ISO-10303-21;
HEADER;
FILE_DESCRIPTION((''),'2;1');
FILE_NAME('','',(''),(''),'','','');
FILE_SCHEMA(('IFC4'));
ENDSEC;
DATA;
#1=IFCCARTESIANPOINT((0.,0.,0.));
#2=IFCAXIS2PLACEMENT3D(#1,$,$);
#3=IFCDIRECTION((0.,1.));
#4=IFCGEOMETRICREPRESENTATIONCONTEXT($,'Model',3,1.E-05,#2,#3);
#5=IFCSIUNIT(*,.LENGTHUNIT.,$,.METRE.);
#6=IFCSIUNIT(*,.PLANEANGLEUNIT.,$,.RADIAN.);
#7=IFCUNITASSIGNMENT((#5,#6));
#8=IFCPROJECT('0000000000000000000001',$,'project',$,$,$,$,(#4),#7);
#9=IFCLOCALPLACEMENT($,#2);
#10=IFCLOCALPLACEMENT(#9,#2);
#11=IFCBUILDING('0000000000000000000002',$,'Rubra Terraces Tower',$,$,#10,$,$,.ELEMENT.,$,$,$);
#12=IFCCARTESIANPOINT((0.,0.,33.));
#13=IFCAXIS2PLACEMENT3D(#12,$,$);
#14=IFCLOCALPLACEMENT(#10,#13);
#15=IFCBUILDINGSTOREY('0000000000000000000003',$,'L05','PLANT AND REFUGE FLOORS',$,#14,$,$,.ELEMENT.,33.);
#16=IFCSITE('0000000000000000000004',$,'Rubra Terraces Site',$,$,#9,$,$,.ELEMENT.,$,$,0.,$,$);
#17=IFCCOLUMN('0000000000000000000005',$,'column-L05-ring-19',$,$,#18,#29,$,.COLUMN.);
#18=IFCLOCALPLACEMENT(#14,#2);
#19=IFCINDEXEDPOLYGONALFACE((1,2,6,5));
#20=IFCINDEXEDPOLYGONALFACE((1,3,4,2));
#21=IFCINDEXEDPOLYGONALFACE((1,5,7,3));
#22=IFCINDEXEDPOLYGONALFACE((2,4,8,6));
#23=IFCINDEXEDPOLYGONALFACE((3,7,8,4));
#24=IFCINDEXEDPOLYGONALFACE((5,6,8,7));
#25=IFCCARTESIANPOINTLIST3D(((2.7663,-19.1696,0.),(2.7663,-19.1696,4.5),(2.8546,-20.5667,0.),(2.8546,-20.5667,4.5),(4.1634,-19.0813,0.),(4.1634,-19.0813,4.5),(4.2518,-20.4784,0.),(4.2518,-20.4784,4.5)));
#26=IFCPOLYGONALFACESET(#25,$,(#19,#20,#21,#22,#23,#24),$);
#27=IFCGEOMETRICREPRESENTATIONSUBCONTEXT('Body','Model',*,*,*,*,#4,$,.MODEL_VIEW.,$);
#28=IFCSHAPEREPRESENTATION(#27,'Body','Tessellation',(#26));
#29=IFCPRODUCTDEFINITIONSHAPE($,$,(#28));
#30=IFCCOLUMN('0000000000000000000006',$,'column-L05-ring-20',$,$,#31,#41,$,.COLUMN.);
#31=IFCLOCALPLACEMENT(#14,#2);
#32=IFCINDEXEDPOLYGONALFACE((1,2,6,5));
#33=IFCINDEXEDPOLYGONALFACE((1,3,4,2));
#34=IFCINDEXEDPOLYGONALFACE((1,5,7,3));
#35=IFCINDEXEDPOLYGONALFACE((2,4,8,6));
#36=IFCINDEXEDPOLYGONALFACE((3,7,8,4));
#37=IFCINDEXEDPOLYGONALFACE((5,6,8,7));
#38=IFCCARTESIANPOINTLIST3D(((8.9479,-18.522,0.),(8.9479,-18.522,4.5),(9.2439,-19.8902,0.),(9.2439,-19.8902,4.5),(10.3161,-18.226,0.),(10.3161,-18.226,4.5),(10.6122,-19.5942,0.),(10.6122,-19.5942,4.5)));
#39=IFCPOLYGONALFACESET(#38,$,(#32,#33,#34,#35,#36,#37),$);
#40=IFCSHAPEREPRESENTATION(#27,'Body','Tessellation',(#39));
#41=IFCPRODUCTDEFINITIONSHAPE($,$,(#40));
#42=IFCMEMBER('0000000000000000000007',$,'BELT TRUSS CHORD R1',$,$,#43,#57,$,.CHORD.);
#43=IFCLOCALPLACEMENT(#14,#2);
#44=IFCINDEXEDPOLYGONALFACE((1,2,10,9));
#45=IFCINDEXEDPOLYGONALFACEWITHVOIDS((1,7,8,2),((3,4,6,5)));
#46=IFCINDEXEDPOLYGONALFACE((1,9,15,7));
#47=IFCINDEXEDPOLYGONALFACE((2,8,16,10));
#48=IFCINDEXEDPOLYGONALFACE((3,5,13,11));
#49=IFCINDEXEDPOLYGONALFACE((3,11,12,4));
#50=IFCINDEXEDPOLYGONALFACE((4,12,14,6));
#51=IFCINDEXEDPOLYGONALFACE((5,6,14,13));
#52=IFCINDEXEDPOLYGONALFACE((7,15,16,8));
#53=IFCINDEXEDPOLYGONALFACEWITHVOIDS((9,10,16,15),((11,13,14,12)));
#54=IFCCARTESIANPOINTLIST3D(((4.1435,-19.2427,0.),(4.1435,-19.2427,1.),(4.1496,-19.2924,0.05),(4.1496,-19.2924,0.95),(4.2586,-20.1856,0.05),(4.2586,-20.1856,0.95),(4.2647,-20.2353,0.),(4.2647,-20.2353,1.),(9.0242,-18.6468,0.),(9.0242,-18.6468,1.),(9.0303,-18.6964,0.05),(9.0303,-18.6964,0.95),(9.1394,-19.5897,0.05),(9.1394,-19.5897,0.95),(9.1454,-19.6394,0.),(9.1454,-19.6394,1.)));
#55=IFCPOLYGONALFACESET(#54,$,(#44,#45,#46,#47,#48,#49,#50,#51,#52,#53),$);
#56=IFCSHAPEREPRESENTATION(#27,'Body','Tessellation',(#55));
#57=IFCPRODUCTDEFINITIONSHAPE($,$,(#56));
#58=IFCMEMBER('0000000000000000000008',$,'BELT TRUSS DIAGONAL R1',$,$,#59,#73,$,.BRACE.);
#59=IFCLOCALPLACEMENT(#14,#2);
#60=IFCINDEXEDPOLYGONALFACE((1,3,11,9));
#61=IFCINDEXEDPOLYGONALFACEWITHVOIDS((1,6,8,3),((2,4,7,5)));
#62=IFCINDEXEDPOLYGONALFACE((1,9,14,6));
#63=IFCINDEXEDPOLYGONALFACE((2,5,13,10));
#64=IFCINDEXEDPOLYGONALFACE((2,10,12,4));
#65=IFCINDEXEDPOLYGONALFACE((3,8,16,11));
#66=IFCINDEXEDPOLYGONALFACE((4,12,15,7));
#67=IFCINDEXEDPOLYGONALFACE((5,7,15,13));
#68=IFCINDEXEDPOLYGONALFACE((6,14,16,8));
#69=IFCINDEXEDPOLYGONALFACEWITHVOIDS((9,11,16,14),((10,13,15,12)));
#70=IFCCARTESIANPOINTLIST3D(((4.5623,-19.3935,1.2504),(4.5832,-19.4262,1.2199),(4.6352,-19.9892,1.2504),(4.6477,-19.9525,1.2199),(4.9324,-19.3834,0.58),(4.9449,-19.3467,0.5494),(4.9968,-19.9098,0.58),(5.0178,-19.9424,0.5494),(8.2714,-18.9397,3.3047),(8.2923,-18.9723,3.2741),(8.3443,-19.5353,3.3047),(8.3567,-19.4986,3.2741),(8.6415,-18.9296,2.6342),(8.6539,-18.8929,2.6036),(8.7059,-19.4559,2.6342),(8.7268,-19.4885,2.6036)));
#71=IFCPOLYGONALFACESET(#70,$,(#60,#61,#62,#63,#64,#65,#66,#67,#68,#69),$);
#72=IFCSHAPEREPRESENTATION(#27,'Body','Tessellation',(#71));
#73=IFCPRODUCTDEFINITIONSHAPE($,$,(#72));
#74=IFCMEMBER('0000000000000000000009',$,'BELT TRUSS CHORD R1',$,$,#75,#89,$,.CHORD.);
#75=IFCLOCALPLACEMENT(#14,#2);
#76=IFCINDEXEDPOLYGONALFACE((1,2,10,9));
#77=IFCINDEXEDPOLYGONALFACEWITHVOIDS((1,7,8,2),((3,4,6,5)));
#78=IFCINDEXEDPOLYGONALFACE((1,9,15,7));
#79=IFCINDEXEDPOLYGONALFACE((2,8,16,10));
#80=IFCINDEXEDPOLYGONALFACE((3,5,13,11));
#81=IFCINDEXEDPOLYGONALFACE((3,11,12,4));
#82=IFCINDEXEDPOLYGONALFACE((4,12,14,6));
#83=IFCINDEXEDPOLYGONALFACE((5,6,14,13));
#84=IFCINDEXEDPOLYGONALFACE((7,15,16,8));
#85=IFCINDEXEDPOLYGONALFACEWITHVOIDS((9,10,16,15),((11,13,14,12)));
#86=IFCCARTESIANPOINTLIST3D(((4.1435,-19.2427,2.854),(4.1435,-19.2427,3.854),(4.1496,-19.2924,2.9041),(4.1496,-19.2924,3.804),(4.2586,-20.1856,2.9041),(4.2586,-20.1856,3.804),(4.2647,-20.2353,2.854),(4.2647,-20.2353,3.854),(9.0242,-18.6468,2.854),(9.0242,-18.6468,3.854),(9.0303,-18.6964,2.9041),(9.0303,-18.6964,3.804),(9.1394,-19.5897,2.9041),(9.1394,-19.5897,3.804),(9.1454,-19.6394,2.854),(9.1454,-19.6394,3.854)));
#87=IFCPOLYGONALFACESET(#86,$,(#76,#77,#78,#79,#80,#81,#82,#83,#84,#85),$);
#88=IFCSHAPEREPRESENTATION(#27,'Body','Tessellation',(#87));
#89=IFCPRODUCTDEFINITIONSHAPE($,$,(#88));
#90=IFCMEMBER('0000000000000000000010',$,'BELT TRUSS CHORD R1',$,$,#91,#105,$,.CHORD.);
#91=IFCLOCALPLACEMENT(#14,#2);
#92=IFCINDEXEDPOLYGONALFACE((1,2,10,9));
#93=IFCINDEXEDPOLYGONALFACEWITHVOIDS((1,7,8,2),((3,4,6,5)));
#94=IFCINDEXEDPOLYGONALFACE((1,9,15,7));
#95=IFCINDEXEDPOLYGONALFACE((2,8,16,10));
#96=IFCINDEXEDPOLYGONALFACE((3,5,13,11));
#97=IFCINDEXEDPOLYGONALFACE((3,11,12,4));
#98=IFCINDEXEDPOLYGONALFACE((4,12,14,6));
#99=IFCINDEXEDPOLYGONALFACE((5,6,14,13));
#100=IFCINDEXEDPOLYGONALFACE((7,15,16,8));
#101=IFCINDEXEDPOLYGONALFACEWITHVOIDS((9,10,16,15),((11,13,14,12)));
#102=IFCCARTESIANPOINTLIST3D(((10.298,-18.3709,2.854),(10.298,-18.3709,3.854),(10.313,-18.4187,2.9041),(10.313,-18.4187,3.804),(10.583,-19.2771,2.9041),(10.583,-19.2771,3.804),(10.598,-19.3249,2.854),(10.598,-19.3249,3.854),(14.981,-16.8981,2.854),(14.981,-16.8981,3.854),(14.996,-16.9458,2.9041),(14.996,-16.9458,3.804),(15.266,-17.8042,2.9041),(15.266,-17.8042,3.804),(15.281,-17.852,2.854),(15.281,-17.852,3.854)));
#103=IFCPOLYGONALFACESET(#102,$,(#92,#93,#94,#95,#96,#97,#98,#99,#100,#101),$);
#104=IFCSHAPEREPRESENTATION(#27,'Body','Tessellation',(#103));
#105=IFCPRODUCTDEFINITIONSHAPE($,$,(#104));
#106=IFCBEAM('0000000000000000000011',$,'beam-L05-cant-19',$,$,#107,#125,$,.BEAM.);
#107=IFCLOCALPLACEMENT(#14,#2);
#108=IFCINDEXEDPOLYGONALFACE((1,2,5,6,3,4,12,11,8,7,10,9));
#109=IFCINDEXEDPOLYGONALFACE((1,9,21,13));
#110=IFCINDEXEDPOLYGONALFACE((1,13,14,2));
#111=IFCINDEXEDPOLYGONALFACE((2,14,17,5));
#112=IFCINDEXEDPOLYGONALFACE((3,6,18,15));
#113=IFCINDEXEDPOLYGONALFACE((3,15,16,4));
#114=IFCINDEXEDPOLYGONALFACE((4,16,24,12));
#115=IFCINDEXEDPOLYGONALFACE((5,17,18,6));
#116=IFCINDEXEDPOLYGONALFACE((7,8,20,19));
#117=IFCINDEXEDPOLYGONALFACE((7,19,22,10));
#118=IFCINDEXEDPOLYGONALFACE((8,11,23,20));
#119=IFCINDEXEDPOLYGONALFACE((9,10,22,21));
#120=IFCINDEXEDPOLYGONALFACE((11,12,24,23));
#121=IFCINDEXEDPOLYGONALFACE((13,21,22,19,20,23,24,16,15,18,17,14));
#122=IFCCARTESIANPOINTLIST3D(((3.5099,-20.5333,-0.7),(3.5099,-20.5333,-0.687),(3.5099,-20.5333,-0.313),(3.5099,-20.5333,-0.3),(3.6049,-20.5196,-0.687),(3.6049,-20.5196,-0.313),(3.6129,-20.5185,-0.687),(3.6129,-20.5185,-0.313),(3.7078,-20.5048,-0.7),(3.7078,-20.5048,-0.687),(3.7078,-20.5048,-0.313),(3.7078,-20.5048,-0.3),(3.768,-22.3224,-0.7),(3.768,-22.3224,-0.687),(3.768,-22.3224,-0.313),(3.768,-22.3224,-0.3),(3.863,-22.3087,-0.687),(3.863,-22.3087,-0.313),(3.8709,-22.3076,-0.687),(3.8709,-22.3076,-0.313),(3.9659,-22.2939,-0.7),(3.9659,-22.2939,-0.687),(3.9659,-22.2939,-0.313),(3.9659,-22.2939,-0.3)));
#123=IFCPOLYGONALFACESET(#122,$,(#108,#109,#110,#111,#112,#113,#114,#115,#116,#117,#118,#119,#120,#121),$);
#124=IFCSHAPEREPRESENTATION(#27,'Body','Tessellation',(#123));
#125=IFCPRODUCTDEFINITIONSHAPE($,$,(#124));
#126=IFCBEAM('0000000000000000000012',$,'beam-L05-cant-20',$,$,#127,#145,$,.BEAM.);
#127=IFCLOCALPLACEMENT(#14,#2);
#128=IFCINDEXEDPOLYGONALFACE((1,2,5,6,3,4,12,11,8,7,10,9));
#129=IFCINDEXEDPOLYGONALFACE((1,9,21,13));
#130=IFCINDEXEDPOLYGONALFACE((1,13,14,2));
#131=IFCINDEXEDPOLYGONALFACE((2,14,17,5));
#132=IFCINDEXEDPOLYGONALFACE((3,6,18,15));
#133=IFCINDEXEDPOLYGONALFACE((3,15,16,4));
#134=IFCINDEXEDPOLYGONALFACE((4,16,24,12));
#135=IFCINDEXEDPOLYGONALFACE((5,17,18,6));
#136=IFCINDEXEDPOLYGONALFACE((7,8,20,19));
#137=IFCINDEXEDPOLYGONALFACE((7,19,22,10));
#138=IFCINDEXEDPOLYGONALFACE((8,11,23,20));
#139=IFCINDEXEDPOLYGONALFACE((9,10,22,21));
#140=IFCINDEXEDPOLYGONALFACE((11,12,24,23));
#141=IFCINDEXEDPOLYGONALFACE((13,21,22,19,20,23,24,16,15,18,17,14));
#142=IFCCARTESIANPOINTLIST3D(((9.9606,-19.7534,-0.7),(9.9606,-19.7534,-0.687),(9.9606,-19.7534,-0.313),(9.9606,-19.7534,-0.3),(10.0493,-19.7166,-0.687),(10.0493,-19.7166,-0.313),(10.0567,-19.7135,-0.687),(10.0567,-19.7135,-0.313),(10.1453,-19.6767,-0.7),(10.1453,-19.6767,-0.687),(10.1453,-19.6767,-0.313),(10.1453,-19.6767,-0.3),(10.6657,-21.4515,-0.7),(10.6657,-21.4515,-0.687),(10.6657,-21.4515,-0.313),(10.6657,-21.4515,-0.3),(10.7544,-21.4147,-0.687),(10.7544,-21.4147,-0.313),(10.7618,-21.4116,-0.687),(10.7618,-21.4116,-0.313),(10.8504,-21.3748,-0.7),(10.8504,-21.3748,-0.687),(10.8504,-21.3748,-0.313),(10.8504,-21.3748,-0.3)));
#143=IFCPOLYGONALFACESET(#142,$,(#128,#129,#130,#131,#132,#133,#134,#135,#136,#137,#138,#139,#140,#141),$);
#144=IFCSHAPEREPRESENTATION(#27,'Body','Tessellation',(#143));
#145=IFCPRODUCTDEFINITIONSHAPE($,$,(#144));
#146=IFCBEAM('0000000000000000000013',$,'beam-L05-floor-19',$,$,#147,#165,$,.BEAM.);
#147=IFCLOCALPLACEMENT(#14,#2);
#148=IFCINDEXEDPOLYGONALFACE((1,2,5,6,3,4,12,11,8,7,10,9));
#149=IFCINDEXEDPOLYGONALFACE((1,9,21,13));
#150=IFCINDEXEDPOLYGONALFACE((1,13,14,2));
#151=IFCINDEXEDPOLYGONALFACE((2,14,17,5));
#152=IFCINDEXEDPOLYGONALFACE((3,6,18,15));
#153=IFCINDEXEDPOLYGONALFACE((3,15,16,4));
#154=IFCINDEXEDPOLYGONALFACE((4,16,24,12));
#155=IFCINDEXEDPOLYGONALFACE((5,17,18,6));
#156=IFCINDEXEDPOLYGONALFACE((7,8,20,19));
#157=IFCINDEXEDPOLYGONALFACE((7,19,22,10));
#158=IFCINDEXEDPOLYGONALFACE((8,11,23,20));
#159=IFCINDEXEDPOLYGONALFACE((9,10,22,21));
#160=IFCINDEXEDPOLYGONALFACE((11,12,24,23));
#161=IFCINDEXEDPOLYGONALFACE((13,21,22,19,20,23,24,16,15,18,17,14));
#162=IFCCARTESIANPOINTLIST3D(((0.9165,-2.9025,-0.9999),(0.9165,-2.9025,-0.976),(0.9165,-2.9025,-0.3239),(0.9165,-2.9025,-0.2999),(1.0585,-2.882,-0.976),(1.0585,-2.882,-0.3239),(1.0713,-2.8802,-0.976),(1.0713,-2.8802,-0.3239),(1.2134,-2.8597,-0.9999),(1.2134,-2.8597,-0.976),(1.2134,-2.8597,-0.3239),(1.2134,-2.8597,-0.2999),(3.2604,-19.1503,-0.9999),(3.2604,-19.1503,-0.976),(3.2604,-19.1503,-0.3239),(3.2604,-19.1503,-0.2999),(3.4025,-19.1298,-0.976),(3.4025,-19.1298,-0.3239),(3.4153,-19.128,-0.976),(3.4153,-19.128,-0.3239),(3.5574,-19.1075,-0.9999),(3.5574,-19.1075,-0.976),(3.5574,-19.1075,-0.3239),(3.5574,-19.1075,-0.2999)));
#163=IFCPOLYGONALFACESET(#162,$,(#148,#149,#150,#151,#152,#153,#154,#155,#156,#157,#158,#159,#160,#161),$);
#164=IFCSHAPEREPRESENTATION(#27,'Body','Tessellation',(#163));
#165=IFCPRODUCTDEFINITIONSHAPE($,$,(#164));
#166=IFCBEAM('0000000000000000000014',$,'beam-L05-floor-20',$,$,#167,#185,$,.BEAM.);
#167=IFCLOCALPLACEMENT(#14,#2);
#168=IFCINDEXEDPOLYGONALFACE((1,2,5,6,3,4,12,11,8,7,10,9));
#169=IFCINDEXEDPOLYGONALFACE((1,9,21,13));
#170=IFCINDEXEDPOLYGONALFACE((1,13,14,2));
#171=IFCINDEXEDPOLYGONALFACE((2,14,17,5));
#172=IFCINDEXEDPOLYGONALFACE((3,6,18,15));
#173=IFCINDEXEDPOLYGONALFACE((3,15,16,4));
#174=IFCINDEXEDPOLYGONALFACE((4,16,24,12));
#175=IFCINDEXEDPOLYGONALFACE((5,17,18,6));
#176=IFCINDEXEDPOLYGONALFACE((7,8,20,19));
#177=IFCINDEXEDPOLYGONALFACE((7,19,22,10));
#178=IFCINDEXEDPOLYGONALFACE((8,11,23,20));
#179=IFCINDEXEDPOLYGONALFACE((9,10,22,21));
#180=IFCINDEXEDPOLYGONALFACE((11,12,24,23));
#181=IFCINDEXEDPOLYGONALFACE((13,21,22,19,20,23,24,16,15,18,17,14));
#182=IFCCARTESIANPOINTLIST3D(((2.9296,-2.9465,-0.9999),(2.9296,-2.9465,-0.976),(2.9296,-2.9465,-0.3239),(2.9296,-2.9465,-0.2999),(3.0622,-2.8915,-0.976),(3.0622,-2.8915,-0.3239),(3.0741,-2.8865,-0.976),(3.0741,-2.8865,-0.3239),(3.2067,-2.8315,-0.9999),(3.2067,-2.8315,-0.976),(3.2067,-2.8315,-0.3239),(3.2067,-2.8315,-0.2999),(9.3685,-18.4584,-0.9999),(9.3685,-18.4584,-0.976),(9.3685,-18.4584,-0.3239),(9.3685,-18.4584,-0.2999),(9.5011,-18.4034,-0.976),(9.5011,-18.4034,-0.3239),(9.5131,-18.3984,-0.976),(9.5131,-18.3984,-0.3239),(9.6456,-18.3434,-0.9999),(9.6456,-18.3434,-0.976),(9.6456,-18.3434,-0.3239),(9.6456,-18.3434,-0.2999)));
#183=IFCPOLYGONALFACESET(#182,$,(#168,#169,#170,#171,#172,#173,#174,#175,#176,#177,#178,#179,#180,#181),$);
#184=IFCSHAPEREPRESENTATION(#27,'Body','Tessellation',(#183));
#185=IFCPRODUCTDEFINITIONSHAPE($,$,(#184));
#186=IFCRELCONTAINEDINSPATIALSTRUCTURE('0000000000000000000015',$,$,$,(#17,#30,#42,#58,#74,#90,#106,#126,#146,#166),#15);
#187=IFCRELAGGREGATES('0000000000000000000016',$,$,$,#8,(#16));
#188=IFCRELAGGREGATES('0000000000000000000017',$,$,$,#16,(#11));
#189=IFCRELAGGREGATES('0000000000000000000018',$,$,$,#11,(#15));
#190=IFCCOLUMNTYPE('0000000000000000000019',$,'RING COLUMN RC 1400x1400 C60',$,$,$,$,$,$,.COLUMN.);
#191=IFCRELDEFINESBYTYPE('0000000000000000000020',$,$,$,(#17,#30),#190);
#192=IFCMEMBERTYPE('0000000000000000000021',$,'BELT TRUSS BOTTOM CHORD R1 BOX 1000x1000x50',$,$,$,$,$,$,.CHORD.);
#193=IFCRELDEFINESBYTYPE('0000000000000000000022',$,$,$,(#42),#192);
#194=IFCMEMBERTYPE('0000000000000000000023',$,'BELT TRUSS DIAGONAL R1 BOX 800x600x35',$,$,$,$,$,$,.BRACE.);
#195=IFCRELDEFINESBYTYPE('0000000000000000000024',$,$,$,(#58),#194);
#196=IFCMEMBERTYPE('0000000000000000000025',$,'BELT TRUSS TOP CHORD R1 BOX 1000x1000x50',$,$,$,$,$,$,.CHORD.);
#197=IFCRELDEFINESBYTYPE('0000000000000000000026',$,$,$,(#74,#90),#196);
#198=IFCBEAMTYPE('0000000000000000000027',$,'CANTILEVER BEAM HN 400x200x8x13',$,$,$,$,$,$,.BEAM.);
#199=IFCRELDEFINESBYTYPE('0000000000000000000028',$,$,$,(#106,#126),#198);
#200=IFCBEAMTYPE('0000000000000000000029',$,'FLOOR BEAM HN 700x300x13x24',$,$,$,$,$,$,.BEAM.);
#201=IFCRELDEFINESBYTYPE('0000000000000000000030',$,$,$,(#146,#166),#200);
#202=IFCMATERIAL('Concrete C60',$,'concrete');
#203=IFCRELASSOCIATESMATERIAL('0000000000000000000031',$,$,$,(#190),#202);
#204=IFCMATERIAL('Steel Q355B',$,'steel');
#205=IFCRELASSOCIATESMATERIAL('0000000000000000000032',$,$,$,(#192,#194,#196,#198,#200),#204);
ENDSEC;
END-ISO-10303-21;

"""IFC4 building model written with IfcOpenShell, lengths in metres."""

from ifc_helpers import new_model, si_unit, direction, frame, origin, origin_2d, place, context, subcontext, project, spatial, rectangle, hollow_rectangle, i_section, extrude, material, material_profile, profile_set, type_object, element, save


model = new_model("IFC4")

# Units and contexts
model_context = context("Model", 3, precision=1e-05, world=origin(), true_north=direction((0.0, 1.0)))
body_context = subcontext(model_context, "Body", "Model", "MODEL_VIEW")
ifc_project = project(units=[si_unit("LENGTHUNIT", "METRE"), si_unit("PLANEANGLEUNIT", "RADIAN")], contexts=[model_context])

# Site, building, storey
site_placement = place(None, origin())
site = spatial("IfcSite", under=ifc_project, at=site_placement, Name="Rubra Terraces Site", CompositionType="ELEMENT", RefElevation=0.0)
building_placement = place(site_placement, origin())
building = spatial("IfcBuilding", under=site, at=building_placement, Name="Rubra Terraces Tower", CompositionType="ELEMENT")
storey_placement = place(building_placement, frame((0.0, 0.0, 33.0)))
storey = spatial("IfcBuildingStorey", under=building, at=storey_placement, Name="L05", Description="PLANT AND REFUGE FLOORS", CompositionType="ELEMENT", Elevation=33.0)

# Columns
ifc_material_1 = material(Name="Concrete C60", Category="concrete")
ifc_material_profile_1 = material_profile(ifc_material_1, rectangle(XDim=1.3999, YDim=1.3999, at=origin_2d()), Name="RC 1400x1400")
ifc_profile_set_1 = profile_set([ifc_material_profile_1], Name="Concrete C60")
column_type = type_object("IfcColumnType", Name="RING COLUMN RC 1400x1400 C60", PredefinedType="COLUMN", material=ifc_profile_set_1)
for number, where, z_axis, x_axis, name in (
    (1, (3.509, -19.824, 0.0), (0.0, 0.0, 1.0), (0.998008, 0.063094, 0.0), "column-L05-ring-19"),
    (2, (9.78, -19.0581, 0.0), (0.0, 0.0, 1.0), (0.977386, 0.211462, 0.0), "column-L05-ring-20"),
):
    element("IfcColumn", number, at=place(storey_placement, frame(where, z_axis=z_axis, x_axis=x_axis)), inside=storey, type_object=column_type, Name=name, PredefinedType="COLUMN", context=body_context, shape_type="SweptSolid", body=[
        extrude(rectangle(XDim=1.3999, YDim=1.3999, at=origin_2d()), origin(), (0.0, 0.0, 1.0), 4.5),
    ])

# Members
ifc_material_2 = material(Name="Steel Q355B", Category="steel")
ifc_material_profile_2 = material_profile(ifc_material_2, hollow_rectangle(XDim=1.0, YDim=1.0, WallThickness=0.05, at=origin_2d()), Name="BOX 1000x1000x50")
ifc_profile_set_2 = profile_set([ifc_material_profile_2], Name="Steel Q355B")
member_type_1 = type_object("IfcMemberType", Name="BELT TRUSS BOTTOM CHORD R1 BOX 1000x1000x50", PredefinedType="CHORD", material=ifc_profile_set_2)
member_1_placement = place(storey_placement, frame((4.2041, -19.739, 0.5), z_axis=(0.992628, 0.121199, 0.0), x_axis=(-0.121199, 0.992628, 0.0)))
element("IfcMember", 3, at=member_1_placement, inside=storey, type_object=member_type_1, Name="BELT TRUSS CHORD R1", PredefinedType="CHORD", context=body_context, shape_type="SweptSolid", body=[
    extrude(hollow_rectangle(XDim=1.0, YDim=1.0, WallThickness=0.05, at=origin_2d()), origin(), (0.0, 0.0, 1.0), 4.917),
])
ifc_material_profile_3 = material_profile(ifc_material_2, hollow_rectangle(XDim=0.6001, YDim=0.8, WallThickness=0.0349, at=origin_2d()), Name="BOX 800x600x35")
ifc_profile_set_3 = profile_set([ifc_material_profile_3], Name="Steel Q355B")
member_type_2 = type_object("IfcMemberType", Name="BELT TRUSS DIAGONAL R1 BOX 800x600x35", PredefinedType="BRACE", material=ifc_profile_set_3)
member_2_placement = place(storey_placement, frame((4.79, -19.668, 0.8999), z_axis=(0.869823, 0.106438, 0.481746), x_axis=(-0.121461, 0.992596, 0.0)))
element("IfcMember", 4, at=member_2_placement, inside=storey, type_object=member_type_2, Name="BELT TRUSS DIAGONAL R1", PredefinedType="BRACE", context=body_context, shape_type="SweptSolid", body=[
    extrude(hollow_rectangle(XDim=0.6001, YDim=0.8, WallThickness=0.0349, at=origin_2d()), origin(), (0.0, 0.0, 1.0), 4.2642),
])
ifc_material_profile_4 = material_profile(ifc_material_2, hollow_rectangle(XDim=1.0, YDim=1.0, WallThickness=0.05, at=origin_2d()), Name="BOX 1000x1000x50")
ifc_profile_set_4 = profile_set([ifc_material_profile_4], Name="Steel Q355B")
member_type_3 = type_object("IfcMemberType", Name="BELT TRUSS TOP CHORD R1 BOX 1000x1000x50", PredefinedType="CHORD", material=ifc_profile_set_4)
member_3_placement = place(storey_placement, frame((4.2041, -19.739, 3.354), z_axis=(0.992628, 0.121199, 0.0), x_axis=(-0.121199, 0.992628, 0.0)))
element("IfcMember", 5, at=member_3_placement, inside=storey, type_object=member_type_3, Name="BELT TRUSS CHORD R1", PredefinedType="CHORD", context=body_context, shape_type="SweptSolid", body=[
    extrude(hollow_rectangle(XDim=1.0, YDim=1.0, WallThickness=0.05, at=origin_2d()), origin(), (0.0, 0.0, 1.0), 4.917),
])
member_4_placement = place(storey_placement, frame((10.448, -18.8479, 3.354), z_axis=(0.953932, 0.300024, 0.0), x_axis=(-0.300024, 0.953932, 0.0)))
element("IfcMember", 6, at=member_4_placement, inside=storey, type_object=member_type_3, Name="BELT TRUSS CHORD R1", PredefinedType="CHORD", context=body_context, shape_type="SweptSolid", body=[
    extrude(hollow_rectangle(XDim=1.0, YDim=1.0, WallThickness=0.05, at=origin_2d()), origin(), (0.0, 0.0, 1.0), 4.9092),
])

# Beams
ifc_material_profile_5 = material_profile(ifc_material_2, i_section(OverallWidth=0.2, OverallDepth=0.3999, WebThickness=0.0081, FlangeThickness=0.0129, at=origin_2d()), Name="HN 400x200x8x13")
ifc_profile_set_5 = profile_set([ifc_material_profile_5], Name="Steel Q355B")
beam_type_1 = type_object("IfcBeamType", Name="CANTILEVER BEAM HN 400x200x8x13", PredefinedType="BEAM", material=ifc_profile_set_5)
beam_1_placement = place(storey_placement, frame((3.6089, -20.519, -0.5), z_axis=(0.142764, -0.989757, 0.0), x_axis=(0.989757, 0.142764, 0.0)))
element("IfcBeam", 7, at=beam_1_placement, inside=storey, type_object=beam_type_1, Name="beam-L05-cant-19", PredefinedType="BEAM", context=body_context, shape_type="SweptSolid", body=[
    extrude(i_section(OverallWidth=0.2, OverallDepth=0.3999, WebThickness=0.0081, FlangeThickness=0.0129, at=origin_2d()), origin(), (0.0, 0.0, 1.0), 1.8076),
])
beam_2_placement = place(storey_placement, frame((10.053, -19.7151, -0.5), z_axis=(0.383493, -0.923544, 0.0), x_axis=(0.923544, 0.383493, 0.0)))
element("IfcBeam", 8, at=beam_2_placement, inside=storey, type_object=beam_type_1, Name="beam-L05-cant-20", PredefinedType="BEAM", context=body_context, shape_type="SweptSolid", body=[
    extrude(i_section(OverallWidth=0.2, OverallDepth=0.3999, WebThickness=0.0081, FlangeThickness=0.0129, at=origin_2d()), origin(), (0.0, 0.0, 1.0), 1.8386),
])
ifc_material_profile_6 = material_profile(ifc_material_2, i_section(OverallWidth=0.3, OverallDepth=0.7, WebThickness=0.0129, FlangeThickness=0.0239, at=origin_2d()), Name="HN 700x300x13x24")
ifc_profile_set_6 = profile_set([ifc_material_profile_6], Name="Steel Q355B")
beam_type_2 = type_object("IfcBeamType", Name="FLOOR BEAM HN 700x300x13x24", PredefinedType="BEAM", material=ifc_profile_set_6)
beam_3_placement = place(storey_placement, frame((3.4089, -19.1289, -0.6499), z_axis=(-0.142787, 0.989753, 0.0), x_axis=(-0.989753, -0.142787, 0.0)))
element("IfcBeam", 9, at=beam_3_placement, inside=storey, type_object=beam_type_2, Name="beam-L05-floor-19", PredefinedType="BEAM", context=body_context, shape_type="SweptSolid", body=[
    extrude(i_section(OverallWidth=0.3, OverallDepth=0.7, WebThickness=0.0129, FlangeThickness=0.0239, at=origin_2d()), origin(), (0.0, 0.0, 1.0), 16.416),
])
beam_4_placement = place(storey_placement, frame((9.5071, -18.4009, -0.6499), z_axis=(-0.38338, 0.923591, 0.0), x_axis=(-0.923591, -0.38338, 0.0)))
element("IfcBeam", 10, at=beam_4_placement, inside=storey, type_object=beam_type_2, Name="beam-L05-floor-20", PredefinedType="BEAM", context=body_context, shape_type="SweptSolid", body=[
    extrude(i_section(OverallWidth=0.3, OverallDepth=0.7, WebThickness=0.0129, FlangeThickness=0.0239, at=origin_2d()), origin(), (0.0, 0.0, 1.0), 16.7952),
])

save(model, "model.ifc")
